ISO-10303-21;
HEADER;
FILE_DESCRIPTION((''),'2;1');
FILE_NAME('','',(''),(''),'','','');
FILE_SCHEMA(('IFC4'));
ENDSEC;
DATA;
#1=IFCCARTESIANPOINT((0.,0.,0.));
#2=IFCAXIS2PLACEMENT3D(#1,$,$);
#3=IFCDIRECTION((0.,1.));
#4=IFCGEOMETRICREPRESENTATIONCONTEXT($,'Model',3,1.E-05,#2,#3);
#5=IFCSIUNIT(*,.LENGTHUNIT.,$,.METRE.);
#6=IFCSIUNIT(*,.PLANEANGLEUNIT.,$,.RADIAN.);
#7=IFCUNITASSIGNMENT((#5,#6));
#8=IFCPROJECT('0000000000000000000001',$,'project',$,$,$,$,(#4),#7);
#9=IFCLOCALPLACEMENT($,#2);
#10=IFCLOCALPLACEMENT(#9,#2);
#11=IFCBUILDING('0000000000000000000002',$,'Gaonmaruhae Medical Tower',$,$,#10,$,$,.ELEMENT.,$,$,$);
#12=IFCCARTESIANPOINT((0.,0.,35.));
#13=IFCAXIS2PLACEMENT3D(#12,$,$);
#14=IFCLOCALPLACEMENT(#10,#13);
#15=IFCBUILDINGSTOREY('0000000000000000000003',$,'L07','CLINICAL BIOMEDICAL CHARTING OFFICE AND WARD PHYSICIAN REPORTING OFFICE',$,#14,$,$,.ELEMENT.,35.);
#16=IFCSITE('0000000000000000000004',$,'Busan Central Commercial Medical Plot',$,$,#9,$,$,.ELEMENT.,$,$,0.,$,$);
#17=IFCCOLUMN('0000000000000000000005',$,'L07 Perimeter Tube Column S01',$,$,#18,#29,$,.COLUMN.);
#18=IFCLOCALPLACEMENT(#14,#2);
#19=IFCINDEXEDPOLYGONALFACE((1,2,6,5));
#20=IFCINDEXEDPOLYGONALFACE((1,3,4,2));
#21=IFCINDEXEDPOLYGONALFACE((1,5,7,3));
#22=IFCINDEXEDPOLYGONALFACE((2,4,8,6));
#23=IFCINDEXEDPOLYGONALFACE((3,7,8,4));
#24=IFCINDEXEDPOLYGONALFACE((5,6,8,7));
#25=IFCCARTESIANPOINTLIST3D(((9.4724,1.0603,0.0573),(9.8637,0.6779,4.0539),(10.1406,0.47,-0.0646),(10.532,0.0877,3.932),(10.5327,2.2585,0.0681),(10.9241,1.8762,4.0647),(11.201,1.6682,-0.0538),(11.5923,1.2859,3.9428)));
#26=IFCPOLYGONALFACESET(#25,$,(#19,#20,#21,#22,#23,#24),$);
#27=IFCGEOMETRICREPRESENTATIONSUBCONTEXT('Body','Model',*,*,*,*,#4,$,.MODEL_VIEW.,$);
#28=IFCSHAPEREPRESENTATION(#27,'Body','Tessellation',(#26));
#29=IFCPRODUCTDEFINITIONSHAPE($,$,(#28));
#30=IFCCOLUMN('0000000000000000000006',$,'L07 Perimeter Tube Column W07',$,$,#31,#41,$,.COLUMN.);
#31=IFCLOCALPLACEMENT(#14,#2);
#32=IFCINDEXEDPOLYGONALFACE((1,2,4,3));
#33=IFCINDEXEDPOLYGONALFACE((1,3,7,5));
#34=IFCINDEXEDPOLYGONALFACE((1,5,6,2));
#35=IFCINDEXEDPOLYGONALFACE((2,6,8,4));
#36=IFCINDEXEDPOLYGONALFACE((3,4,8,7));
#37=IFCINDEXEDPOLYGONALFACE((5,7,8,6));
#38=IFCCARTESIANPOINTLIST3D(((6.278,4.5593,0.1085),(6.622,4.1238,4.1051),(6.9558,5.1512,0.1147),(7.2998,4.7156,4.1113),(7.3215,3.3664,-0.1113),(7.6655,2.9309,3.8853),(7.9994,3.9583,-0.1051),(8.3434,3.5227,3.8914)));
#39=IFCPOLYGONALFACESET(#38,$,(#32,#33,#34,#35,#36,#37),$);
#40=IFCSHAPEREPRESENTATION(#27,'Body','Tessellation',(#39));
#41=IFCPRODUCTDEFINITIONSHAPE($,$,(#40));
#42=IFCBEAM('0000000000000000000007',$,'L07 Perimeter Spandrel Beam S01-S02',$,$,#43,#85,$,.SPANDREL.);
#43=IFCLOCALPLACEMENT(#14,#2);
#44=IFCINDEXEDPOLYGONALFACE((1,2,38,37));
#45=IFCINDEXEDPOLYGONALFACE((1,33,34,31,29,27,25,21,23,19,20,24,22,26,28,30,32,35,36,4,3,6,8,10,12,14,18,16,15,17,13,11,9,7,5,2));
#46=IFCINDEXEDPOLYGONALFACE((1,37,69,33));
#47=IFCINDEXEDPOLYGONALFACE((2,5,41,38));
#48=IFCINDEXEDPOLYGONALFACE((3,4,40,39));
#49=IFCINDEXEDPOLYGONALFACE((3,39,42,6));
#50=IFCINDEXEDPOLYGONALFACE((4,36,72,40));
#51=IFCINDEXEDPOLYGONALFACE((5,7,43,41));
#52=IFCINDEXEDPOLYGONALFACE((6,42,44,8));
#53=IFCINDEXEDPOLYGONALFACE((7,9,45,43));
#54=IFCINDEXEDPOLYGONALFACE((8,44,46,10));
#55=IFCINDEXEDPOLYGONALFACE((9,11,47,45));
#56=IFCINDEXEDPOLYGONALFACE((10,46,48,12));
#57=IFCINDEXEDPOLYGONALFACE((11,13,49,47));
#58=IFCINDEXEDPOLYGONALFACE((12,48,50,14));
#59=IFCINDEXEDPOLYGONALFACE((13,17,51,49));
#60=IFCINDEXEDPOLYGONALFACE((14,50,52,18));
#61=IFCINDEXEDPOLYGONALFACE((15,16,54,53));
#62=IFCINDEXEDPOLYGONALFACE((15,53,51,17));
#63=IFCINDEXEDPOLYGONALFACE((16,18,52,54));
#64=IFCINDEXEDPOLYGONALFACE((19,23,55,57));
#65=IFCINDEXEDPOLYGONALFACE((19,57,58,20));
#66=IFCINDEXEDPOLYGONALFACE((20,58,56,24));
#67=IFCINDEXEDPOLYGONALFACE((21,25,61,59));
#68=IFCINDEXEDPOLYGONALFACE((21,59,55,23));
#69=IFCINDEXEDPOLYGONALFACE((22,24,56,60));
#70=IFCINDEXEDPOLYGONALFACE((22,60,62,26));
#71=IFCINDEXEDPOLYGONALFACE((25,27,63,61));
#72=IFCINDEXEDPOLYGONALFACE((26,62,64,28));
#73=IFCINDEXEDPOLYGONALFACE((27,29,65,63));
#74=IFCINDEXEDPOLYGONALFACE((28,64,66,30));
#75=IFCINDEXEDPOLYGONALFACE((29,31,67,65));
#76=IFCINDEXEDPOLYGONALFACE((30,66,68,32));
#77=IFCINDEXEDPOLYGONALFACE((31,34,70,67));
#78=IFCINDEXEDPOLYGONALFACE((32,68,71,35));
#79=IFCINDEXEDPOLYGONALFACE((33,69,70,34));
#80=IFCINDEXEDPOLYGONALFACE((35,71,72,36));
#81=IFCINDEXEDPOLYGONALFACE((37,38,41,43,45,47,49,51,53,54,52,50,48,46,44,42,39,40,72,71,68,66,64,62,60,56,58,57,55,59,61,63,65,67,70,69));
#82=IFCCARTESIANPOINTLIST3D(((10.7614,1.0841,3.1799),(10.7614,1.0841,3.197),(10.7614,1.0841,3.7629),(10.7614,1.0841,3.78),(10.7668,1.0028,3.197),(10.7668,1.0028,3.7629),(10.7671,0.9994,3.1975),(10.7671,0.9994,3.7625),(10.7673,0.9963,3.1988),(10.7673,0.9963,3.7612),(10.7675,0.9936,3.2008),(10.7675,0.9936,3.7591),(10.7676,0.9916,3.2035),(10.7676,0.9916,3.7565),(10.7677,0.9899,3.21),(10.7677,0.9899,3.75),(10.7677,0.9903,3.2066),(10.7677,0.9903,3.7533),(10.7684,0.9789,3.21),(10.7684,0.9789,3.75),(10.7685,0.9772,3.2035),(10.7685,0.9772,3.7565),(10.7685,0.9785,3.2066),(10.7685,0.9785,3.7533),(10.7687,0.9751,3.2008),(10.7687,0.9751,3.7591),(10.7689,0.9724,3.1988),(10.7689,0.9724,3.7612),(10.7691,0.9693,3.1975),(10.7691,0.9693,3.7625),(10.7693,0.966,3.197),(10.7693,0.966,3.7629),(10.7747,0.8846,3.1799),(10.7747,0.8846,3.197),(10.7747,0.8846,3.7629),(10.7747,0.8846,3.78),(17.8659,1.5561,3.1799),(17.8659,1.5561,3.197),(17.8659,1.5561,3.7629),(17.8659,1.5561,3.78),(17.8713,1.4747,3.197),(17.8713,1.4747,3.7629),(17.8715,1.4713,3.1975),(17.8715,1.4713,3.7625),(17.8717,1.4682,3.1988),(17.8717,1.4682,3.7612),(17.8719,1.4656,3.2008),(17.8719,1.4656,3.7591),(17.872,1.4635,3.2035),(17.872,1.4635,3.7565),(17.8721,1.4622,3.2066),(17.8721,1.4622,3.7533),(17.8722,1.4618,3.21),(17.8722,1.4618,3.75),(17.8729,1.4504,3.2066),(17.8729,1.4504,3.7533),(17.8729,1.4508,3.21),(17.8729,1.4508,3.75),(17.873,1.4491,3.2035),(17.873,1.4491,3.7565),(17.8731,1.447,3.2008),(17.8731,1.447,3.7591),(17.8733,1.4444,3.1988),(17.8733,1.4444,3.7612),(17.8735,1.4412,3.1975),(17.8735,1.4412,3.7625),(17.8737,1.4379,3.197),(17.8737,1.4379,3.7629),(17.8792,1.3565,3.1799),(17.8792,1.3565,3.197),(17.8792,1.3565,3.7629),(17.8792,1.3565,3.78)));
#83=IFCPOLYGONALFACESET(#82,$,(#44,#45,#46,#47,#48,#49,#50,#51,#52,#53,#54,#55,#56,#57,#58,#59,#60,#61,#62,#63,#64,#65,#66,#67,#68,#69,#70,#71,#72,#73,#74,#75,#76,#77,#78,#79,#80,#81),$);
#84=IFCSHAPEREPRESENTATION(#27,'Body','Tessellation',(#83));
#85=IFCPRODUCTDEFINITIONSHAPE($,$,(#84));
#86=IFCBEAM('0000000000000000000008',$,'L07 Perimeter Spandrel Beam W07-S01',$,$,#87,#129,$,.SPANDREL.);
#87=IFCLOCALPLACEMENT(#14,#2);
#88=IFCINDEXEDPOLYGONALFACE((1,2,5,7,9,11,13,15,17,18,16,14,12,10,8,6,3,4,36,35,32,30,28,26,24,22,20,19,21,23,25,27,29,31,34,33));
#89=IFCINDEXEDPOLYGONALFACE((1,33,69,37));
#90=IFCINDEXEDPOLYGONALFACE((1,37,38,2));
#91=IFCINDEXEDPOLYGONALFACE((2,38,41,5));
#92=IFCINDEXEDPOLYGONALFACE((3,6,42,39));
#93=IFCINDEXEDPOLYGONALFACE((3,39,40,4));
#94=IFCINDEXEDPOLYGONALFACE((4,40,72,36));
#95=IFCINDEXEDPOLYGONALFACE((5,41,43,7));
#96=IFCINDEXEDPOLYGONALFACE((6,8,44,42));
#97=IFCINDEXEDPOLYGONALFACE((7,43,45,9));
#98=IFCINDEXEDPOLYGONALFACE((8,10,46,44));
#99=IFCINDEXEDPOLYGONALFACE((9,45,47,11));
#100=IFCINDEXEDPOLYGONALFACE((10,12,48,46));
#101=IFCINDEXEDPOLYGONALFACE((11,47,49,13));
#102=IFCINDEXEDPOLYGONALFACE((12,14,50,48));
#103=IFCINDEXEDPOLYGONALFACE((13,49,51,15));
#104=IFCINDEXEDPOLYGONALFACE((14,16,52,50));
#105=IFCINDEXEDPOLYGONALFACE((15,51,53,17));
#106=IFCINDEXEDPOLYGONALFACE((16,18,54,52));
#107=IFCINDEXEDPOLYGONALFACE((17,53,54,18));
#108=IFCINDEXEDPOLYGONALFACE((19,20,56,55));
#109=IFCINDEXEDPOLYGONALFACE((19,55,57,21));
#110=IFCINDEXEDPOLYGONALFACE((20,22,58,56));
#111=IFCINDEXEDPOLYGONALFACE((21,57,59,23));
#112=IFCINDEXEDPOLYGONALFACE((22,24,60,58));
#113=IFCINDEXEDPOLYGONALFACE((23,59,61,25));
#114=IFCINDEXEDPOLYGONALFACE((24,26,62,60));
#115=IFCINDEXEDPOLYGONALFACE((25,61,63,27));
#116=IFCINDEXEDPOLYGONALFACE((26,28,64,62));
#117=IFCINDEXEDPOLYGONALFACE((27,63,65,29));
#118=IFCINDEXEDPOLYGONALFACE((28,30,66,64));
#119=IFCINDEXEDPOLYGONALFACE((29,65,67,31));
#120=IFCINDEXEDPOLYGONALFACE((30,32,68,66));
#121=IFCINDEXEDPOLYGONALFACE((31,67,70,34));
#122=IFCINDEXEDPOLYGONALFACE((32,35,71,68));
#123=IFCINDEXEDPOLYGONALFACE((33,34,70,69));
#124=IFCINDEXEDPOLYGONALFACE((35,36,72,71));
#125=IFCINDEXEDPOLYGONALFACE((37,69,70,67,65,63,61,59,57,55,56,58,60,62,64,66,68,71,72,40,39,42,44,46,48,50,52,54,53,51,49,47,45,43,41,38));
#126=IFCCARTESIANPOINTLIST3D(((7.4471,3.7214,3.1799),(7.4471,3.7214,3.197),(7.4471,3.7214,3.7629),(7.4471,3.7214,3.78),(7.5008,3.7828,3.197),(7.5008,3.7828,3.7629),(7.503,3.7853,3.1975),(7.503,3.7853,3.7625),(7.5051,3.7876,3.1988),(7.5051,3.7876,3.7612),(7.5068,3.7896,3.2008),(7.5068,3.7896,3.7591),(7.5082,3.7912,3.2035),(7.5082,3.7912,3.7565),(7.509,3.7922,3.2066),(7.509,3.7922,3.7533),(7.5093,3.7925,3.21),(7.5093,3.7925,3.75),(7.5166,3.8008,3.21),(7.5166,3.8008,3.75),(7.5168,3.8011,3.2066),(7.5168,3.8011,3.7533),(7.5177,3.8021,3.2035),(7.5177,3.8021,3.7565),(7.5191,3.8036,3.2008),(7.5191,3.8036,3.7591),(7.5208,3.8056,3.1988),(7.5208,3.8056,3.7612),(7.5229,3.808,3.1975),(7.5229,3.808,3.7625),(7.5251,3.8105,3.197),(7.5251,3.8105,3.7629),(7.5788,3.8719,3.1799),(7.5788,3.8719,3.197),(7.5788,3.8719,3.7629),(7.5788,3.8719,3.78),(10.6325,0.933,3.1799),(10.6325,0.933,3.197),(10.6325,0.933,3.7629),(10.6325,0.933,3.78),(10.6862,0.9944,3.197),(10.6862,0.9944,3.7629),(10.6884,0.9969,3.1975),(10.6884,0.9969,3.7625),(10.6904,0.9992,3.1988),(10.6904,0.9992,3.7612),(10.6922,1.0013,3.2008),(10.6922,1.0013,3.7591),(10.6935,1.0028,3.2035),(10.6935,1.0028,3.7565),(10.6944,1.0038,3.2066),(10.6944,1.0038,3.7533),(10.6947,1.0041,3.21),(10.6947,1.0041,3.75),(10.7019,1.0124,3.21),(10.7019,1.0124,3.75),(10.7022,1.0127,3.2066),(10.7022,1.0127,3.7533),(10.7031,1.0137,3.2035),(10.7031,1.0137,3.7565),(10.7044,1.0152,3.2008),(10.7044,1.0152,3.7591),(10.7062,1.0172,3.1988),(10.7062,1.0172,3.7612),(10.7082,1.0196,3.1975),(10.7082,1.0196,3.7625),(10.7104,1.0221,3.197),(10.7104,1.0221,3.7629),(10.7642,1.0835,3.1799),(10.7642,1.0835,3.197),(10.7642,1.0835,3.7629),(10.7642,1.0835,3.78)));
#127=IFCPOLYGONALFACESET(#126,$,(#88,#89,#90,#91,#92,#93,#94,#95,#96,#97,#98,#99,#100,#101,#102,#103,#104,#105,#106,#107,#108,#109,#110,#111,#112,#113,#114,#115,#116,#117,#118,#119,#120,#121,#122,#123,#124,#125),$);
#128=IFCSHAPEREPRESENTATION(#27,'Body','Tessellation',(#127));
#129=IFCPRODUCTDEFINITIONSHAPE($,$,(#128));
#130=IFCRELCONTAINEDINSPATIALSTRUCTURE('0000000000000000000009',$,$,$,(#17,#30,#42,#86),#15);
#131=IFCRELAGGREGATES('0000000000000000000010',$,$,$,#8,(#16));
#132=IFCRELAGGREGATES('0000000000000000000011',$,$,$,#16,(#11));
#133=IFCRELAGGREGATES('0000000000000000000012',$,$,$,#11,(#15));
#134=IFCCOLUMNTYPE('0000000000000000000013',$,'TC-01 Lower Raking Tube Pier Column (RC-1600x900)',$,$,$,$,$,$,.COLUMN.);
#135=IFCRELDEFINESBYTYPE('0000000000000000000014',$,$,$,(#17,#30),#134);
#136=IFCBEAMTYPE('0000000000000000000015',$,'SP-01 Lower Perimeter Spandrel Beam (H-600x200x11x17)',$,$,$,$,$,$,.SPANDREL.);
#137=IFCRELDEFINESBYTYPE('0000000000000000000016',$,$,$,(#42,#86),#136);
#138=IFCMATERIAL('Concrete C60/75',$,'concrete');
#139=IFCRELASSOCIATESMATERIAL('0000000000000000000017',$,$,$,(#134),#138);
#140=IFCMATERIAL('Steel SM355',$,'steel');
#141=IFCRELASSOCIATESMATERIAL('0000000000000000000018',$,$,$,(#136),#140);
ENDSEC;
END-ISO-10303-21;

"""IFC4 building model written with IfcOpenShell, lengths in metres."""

from ifc_helpers import new_model, si_unit, direction, frame, origin, origin_2d, place, context, subcontext, project, spatial, rectangle, i_section, extrude, material, material_profile, profile_set, type_object, element, save


model = new_model("IFC4")

# Units and contexts
model_context = context("Model", 3, precision=1e-05, world=origin(), true_north=direction((0.0, 1.0)))
body_context = subcontext(model_context, "Body", "Model", "MODEL_VIEW")
ifc_project = project(units=[si_unit("LENGTHUNIT", "METRE"), si_unit("PLANEANGLEUNIT", "RADIAN")], contexts=[model_context])

# Site, building, storey
site_placement = place(None, origin())
site = spatial("IfcSite", under=ifc_project, at=site_placement, Name="Busan Central Commercial Medical Plot", CompositionType="ELEMENT", RefElevation=0.0)
building_placement = place(site_placement, origin())
building = spatial("IfcBuilding", under=site, at=building_placement, Name="Gaonmaruhae Medical Tower", CompositionType="ELEMENT")
storey_placement = place(building_placement, frame((0.0, 0.0, 35.0)))
storey = spatial("IfcBuildingStorey", under=building, at=storey_placement, Name="L07", Description="CLINICAL BIOMEDICAL CHARTING OFFICE AND WARD PHYSICIAN REPORTING OFFICE", CompositionType="ELEMENT", Elevation=35.0)

# Columns
ifc_material_1 = material(Name="Concrete C60/75", Category="concrete")
ifc_material_profile_1 = material_profile(ifc_material_1, rectangle(XDim=1.6001, YDim=0.8999, at=origin_2d()), Name="RC-1600x900")
ifc_profile_set_1 = profile_set([ifc_material_profile_1], Name="Concrete C60/75")
column_type = type_object("IfcColumnType", Name="TC-01 Lower Raking Tube Pier Column (RC-1600x900)", PredefinedType="COLUMN", material=ifc_profile_set_1)
column_1_placement = place(storey_placement, frame((10.3367, 1.3643, 0.0017), z_axis=(0.097018, -0.094779, 0.99076), x_axis=(0.662701, 0.748854, 0.006744)))
element("IfcColumn", 1, at=column_1_placement, inside=storey, type_object=column_type, Name="L07 Perimeter Tube Column S01", PredefinedType="COLUMN", context=body_context, shape_type="SweptSolid", body=[
    extrude(rectangle(XDim=1.6001, YDim=0.8999, at=origin_2d()), origin(), (0.0, 0.0, 1.0), 4.0339),
])
column_2_placement = place(storey_placement, frame((7.1387, 4.2588, 0.0017), z_axis=(0.085254, -0.107944, 0.990495), x_axis=(-0.65217, 0.745521, 0.13738)))
element("IfcColumn", 2, at=column_2_placement, inside=storey, type_object=column_type, Name="L07 Perimeter Tube Column W07", PredefinedType="COLUMN", context=body_context, shape_type="SweptSolid", body=[
    extrude(rectangle(XDim=1.6001, YDim=0.8999, at=origin_2d()), origin(), (0.0, 0.0, 1.0), 4.0349),
])

# Beams
ifc_material_2 = material(Name="Steel SM355", Category="steel")
ifc_material_profile_2 = material_profile(ifc_material_2, i_section(OverallWidth=0.2, OverallDepth=0.6001, WebThickness=0.011, FlangeThickness=0.0171, FilletRadius=0.0129, at=origin_2d()), Name="H-600x200x11x17")
ifc_profile_set_2 = profile_set([ifc_material_profile_2], Name="Steel SM355")
beam_type = type_object("IfcBeamType", Name="SP-01 Lower Perimeter Spandrel Beam (H-600x200x11x17)", PredefinedType="SPANDREL", material=ifc_profile_set_2)
beam_1_placement = place(storey_placement, frame((10.7681, 0.9844, 3.48), z_axis=(0.997801, 0.06628, 0.0), x_axis=(-0.06628, 0.997801, 0.0)))
element("IfcBeam", 3, at=beam_1_placement, inside=storey, type_object=beam_type, Name="L07 Perimeter Spandrel Beam S01-S02", PredefinedType="SPANDREL", context=body_context, shape_type="SweptSolid", body=[
    extrude(i_section(OverallWidth=0.2, OverallDepth=0.6001, WebThickness=0.011, FlangeThickness=0.0171, FilletRadius=0.0129, at=origin_2d()), origin(), (0.0, 0.0, 1.0), 7.1201),
])
beam_2_placement = place(storey_placement, frame((7.5129, 3.7966, 3.48), z_axis=(0.752437, -0.658664, 0.0), x_axis=(0.658664, 0.752437, 0.0)))
element("IfcBeam", 4, at=beam_2_placement, inside=storey, type_object=beam_type, Name="L07 Perimeter Spandrel Beam W07-S01", PredefinedType="SPANDREL", context=body_context, shape_type="SweptSolid", body=[
    extrude(i_section(OverallWidth=0.2, OverallDepth=0.6001, WebThickness=0.011, FlangeThickness=0.0171, FilletRadius=0.0129, at=origin_2d()), origin(), (0.0, 0.0, 1.0), 4.2334),
])

save(model, "model.ifc")
